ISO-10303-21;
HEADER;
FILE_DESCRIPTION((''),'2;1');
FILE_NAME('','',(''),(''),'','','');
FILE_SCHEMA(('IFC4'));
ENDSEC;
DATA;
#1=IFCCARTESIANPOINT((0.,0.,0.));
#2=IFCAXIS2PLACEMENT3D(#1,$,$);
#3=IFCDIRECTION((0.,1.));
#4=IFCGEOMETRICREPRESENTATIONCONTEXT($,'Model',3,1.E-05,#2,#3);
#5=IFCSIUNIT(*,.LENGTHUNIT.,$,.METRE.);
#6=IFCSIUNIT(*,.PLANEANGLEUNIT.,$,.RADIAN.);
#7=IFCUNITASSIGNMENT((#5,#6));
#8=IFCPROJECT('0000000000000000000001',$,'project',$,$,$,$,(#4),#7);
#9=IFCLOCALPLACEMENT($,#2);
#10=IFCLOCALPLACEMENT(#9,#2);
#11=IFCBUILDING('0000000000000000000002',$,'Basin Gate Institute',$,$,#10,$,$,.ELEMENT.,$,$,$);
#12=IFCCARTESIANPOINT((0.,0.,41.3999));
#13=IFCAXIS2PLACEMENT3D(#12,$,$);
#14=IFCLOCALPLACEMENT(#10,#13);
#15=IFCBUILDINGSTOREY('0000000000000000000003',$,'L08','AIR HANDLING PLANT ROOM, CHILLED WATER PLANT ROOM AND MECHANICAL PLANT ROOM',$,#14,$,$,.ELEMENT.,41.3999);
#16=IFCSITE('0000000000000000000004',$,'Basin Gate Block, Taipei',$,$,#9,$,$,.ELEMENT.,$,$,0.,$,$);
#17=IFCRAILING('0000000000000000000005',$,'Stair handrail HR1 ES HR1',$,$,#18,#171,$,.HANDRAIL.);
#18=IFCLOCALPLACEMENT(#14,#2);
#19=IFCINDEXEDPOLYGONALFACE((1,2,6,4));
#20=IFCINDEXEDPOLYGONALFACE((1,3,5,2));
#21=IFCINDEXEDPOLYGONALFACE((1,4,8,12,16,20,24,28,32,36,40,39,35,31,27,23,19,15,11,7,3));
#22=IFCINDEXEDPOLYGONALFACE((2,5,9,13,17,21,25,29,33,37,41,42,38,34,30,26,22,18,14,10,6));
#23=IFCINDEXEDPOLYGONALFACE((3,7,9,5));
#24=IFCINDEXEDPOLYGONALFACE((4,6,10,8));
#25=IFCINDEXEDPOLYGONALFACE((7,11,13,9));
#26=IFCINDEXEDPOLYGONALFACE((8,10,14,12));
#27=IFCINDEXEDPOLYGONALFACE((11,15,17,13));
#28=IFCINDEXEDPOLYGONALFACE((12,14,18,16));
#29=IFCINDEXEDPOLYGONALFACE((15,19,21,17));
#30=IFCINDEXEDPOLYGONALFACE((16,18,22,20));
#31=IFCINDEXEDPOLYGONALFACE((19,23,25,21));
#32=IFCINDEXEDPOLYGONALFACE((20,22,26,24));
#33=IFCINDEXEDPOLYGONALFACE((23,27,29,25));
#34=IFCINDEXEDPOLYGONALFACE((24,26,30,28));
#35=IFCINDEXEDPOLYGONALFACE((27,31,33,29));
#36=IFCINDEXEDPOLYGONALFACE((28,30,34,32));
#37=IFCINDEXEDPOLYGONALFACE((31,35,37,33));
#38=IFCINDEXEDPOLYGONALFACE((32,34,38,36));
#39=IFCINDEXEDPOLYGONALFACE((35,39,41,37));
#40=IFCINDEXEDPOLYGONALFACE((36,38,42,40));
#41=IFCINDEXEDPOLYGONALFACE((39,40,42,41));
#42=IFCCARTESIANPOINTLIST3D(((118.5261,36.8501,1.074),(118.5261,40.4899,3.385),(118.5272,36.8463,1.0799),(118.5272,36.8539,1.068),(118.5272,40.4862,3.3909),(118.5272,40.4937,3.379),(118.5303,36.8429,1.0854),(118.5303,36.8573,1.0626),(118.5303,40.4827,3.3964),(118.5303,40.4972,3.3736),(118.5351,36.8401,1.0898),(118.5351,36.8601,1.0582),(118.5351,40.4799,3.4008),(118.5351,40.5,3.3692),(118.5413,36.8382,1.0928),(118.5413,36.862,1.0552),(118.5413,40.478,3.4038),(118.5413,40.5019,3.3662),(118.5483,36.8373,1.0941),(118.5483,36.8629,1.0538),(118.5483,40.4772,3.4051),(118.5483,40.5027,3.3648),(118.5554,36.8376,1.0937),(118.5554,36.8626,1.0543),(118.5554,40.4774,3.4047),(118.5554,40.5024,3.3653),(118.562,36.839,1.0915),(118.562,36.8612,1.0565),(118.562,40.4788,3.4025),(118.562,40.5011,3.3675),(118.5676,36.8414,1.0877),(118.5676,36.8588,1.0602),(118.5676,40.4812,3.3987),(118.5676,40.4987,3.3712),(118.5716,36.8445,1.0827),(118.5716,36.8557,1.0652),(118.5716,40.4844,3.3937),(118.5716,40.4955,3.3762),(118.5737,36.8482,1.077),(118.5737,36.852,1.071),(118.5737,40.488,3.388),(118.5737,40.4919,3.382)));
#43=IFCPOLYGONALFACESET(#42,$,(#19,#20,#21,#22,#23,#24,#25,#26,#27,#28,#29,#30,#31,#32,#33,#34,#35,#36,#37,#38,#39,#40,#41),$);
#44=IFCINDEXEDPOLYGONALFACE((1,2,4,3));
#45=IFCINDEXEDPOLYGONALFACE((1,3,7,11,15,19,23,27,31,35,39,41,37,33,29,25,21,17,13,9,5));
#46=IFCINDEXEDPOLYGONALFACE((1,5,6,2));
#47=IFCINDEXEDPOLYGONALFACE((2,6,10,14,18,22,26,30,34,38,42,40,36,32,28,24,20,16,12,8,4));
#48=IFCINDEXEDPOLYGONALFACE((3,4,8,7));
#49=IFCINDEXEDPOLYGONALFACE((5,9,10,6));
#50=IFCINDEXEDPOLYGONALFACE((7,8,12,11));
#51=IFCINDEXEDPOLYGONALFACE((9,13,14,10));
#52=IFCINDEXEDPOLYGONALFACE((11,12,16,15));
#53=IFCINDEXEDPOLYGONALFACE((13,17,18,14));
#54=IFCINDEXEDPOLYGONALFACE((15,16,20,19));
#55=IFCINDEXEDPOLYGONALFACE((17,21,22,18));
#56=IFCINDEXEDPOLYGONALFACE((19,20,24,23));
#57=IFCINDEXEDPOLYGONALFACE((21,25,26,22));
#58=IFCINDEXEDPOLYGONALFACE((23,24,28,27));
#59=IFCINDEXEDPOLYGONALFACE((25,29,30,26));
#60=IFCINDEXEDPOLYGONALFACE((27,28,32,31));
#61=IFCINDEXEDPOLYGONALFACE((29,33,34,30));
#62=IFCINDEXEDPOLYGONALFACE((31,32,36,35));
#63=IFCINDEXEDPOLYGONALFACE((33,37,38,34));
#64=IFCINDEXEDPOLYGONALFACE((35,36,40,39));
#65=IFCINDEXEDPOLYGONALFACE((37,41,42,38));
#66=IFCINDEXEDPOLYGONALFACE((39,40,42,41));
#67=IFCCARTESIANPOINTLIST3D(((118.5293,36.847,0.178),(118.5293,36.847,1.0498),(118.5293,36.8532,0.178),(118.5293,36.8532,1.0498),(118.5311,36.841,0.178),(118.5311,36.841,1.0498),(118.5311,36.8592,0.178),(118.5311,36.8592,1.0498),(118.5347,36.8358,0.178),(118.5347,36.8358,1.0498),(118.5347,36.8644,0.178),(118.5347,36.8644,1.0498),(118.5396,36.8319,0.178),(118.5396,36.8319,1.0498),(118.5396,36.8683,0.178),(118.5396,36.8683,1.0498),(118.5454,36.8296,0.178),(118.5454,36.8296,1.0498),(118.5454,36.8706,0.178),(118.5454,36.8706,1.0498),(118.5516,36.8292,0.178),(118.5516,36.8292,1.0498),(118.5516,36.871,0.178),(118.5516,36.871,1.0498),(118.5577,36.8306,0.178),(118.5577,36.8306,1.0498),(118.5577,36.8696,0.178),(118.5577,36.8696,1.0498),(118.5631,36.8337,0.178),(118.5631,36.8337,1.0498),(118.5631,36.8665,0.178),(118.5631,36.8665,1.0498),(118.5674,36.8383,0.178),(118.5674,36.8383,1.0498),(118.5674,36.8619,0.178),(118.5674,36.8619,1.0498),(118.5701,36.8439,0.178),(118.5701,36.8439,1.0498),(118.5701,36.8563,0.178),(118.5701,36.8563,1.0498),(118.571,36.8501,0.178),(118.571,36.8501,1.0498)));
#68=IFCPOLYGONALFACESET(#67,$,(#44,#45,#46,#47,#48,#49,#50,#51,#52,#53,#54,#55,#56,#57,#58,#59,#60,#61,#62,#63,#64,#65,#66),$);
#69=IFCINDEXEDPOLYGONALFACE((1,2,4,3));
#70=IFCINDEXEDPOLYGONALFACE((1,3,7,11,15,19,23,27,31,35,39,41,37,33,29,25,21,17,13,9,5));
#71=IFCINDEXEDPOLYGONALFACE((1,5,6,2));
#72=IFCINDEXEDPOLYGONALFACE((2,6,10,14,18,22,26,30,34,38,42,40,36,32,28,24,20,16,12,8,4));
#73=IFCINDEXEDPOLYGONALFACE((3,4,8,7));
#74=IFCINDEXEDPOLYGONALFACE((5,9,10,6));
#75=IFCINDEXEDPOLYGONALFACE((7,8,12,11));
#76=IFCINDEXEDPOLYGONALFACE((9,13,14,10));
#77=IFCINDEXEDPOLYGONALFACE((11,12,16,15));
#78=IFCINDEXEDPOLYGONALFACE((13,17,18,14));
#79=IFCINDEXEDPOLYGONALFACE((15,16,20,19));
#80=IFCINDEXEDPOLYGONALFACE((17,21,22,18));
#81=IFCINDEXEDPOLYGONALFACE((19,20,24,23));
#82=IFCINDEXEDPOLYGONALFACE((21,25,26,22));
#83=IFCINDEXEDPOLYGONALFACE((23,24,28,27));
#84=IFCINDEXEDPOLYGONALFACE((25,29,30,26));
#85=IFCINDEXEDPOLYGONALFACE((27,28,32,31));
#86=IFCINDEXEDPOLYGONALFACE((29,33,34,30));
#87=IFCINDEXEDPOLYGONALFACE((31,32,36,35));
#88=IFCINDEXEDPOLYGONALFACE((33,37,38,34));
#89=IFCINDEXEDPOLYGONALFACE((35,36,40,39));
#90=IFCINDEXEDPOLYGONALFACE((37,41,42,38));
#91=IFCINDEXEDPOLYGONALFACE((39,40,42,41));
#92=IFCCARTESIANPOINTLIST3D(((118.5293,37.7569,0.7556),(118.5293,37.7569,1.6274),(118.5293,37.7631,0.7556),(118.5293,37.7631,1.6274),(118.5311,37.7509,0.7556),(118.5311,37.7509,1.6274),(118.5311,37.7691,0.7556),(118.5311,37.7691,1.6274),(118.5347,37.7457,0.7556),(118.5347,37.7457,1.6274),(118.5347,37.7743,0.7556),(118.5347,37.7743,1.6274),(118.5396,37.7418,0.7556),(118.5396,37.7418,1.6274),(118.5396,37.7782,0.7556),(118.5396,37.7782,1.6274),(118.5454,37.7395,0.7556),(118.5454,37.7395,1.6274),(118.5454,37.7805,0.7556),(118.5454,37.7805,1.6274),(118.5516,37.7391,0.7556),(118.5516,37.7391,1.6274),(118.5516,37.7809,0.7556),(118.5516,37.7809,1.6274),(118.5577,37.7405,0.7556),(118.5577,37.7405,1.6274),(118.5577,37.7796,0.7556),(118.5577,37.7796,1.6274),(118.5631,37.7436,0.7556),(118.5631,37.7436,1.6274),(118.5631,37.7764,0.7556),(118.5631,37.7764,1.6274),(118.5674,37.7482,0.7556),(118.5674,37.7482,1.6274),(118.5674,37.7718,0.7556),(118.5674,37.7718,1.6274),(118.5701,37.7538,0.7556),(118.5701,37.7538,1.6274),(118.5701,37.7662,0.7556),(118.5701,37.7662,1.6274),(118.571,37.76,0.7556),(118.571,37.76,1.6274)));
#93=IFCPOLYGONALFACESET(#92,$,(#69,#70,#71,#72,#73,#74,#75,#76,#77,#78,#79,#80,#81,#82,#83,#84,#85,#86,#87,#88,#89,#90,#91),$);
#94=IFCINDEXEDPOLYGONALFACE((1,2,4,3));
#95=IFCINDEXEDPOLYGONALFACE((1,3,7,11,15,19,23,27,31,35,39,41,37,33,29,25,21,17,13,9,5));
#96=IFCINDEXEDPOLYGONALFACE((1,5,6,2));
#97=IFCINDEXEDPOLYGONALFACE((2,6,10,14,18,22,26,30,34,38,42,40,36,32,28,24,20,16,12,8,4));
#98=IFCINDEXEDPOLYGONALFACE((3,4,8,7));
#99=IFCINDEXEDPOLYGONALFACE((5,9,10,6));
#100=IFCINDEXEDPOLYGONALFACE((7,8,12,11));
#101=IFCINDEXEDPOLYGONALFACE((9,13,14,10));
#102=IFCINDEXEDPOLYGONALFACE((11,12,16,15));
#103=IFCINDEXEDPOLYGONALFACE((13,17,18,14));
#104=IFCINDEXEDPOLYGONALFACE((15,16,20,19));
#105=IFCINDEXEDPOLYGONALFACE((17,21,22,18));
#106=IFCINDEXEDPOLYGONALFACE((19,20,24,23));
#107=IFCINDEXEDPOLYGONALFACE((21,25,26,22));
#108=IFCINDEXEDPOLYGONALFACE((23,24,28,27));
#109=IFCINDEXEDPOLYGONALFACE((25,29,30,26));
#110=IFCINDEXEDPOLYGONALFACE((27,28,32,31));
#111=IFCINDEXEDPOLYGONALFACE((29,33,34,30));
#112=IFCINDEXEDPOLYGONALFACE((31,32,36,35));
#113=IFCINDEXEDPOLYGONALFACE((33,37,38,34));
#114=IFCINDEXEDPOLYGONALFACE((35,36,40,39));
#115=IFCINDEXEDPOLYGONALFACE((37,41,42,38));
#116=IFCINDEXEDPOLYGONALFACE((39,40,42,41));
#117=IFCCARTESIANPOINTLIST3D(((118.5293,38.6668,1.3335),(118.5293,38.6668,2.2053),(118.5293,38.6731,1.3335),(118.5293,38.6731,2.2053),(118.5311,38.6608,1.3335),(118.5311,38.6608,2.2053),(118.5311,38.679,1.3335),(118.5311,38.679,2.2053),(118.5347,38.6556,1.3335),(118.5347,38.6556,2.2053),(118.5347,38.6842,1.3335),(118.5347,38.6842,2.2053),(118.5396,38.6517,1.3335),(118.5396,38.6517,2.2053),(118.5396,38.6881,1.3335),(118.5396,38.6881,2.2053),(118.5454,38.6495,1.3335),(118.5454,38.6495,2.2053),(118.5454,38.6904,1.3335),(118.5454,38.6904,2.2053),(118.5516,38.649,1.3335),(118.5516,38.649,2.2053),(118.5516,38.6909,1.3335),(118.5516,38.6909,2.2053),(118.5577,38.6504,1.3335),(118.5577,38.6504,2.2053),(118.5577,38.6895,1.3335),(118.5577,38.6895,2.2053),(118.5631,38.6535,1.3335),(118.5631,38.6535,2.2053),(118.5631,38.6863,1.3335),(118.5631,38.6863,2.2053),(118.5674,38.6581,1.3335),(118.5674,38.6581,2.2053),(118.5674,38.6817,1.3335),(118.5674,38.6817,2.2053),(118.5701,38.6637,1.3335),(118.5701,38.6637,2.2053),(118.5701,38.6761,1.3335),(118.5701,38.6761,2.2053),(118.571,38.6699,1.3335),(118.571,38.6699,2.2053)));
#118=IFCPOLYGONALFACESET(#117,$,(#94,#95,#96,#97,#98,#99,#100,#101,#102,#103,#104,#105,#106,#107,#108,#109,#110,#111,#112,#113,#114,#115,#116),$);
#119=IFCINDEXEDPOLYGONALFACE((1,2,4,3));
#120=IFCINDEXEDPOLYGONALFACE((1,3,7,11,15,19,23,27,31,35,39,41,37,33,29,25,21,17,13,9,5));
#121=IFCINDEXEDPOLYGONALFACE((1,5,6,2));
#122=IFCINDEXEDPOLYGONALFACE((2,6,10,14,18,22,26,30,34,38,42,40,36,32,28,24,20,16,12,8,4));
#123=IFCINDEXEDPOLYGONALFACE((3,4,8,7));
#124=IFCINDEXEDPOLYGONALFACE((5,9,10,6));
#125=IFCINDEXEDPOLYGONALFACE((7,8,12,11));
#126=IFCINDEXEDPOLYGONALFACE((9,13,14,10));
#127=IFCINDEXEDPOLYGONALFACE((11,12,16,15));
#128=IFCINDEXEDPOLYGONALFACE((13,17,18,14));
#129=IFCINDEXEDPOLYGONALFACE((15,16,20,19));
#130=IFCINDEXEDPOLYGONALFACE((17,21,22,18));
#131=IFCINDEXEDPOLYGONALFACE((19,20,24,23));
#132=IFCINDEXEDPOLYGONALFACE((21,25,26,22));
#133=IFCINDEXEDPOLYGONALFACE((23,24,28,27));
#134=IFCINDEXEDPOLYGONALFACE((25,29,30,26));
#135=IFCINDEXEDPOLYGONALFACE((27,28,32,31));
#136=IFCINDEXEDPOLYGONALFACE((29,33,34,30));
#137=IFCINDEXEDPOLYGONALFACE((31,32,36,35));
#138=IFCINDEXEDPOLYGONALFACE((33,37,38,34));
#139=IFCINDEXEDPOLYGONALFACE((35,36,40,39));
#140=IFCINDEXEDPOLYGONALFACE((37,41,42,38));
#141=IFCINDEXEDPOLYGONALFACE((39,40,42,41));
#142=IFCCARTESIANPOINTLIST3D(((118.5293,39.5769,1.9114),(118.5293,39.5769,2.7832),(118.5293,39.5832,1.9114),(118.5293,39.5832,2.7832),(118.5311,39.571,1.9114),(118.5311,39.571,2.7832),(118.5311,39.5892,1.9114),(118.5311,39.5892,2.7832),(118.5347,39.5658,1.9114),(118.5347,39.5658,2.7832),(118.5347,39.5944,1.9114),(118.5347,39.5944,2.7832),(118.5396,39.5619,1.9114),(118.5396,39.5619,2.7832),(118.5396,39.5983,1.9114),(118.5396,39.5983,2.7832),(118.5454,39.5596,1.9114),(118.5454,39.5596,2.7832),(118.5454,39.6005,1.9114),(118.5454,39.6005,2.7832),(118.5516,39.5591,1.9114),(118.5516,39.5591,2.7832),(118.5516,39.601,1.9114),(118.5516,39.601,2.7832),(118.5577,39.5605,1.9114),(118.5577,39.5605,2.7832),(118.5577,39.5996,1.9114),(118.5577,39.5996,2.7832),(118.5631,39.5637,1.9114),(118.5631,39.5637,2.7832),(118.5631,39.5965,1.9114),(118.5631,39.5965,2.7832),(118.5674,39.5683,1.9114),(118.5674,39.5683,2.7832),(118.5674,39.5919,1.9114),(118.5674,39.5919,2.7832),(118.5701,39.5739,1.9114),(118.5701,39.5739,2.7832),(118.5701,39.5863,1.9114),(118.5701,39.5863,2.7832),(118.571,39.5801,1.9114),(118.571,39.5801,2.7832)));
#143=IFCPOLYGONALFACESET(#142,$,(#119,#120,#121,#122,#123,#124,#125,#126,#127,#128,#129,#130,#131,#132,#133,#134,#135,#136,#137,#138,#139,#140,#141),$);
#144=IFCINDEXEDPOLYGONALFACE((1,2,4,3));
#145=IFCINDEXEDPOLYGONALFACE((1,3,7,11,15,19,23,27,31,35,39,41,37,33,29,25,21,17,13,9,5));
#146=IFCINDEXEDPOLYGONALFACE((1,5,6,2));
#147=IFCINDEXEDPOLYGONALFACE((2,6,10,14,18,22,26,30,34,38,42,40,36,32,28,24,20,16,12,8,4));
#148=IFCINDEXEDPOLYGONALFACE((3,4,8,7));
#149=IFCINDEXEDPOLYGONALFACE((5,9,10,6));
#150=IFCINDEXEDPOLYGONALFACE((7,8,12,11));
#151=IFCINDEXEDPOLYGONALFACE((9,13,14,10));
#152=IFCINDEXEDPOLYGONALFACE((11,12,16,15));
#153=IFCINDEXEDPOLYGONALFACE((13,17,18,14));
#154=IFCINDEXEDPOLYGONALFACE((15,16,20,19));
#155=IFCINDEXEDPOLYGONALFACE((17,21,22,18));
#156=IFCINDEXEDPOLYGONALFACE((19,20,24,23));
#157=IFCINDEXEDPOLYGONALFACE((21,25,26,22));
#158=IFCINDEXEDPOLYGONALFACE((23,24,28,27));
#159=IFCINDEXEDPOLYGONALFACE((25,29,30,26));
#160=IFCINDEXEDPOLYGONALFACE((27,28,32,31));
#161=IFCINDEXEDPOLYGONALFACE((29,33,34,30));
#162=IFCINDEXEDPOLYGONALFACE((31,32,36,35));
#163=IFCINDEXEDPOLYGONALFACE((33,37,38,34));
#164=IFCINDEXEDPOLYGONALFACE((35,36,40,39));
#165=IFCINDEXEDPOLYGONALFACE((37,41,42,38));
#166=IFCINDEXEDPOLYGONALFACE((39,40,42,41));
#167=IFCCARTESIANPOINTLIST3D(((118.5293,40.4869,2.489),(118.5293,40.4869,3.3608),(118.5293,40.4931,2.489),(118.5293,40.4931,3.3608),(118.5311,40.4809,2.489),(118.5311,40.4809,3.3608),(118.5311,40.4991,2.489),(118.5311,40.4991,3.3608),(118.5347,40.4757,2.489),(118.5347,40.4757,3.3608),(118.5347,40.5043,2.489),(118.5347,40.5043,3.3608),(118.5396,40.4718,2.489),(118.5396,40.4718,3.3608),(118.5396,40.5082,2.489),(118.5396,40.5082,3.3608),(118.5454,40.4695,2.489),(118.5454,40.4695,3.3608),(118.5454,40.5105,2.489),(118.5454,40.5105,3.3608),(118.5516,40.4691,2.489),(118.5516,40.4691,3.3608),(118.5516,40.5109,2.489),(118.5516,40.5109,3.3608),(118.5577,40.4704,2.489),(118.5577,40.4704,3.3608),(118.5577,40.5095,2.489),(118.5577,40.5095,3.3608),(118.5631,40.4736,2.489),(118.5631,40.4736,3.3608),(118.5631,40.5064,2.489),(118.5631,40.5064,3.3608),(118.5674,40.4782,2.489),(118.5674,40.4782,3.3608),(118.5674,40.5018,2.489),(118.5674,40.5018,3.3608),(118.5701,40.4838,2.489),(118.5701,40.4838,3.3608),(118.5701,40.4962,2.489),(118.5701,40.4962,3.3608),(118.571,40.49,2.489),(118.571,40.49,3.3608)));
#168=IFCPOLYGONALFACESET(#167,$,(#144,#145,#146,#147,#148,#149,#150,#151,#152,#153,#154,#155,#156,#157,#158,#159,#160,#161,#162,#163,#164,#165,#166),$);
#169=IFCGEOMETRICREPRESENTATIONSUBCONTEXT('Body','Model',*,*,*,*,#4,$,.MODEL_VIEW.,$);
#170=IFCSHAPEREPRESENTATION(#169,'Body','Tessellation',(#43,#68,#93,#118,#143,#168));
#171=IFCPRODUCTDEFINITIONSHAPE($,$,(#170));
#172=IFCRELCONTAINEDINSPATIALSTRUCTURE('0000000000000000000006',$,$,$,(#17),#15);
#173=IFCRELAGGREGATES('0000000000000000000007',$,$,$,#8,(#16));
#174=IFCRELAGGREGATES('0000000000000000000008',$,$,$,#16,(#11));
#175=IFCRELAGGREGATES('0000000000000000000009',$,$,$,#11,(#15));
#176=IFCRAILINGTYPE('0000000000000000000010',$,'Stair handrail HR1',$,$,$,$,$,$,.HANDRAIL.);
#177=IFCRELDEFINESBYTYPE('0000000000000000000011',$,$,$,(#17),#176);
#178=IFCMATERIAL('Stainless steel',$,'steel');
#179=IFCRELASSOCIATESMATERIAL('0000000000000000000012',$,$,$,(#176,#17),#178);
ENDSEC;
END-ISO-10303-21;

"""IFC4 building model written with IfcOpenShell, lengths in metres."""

from ifc_helpers import new_model, si_unit, direction, frame, origin, origin_2d, place, context, subcontext, project, spatial, circle, extrude, material, type_object, element, save


model = new_model("IFC4")

# Units and contexts
model_context = context("Model", 3, precision=1e-05, world=origin(), true_north=direction((0.0, 1.0)))
body_context = subcontext(model_context, "Body", "Model", "MODEL_VIEW")
ifc_project = project(units=[si_unit("LENGTHUNIT", "METRE"), si_unit("PLANEANGLEUNIT", "RADIAN")], contexts=[model_context])

# Site, building, storey
site_placement = place(None, origin())
site = spatial("IfcSite", under=ifc_project, at=site_placement, Name="Basin Gate Block, Taipei", CompositionType="ELEMENT", RefElevation=0.0)
building_placement = place(site_placement, origin())
building = spatial("IfcBuilding", under=site, at=building_placement, Name="Basin Gate Institute", CompositionType="ELEMENT")
storey_placement = place(building_placement, frame((0.0, 0.0, 41.3999)))
storey = spatial("IfcBuildingStorey", under=building, at=storey_placement, Name="L08", Description="AIR HANDLING PLANT ROOM, CHILLED WATER PLANT ROOM AND MECHANICAL PLANT ROOM", CompositionType="ELEMENT", Elevation=41.3999)

# Railing
ifc_material_1 = material(Name="Stainless steel", Category="steel")
railing_type_1 = type_object("IfcRailingType", Name="Stair handrail HR1", PredefinedType="HANDRAIL", material=ifc_material_1)
for number, where, name in (
    (1, (118.55, 36.8501, 0.178), "Stair handrail HR1 ES HR1"),
):
    element("IfcRailing", number, at=place(storey_placement, frame(where)), inside=storey, type_object=railing_type_1, material=ifc_material_1, Name=name, PredefinedType="HANDRAIL", context=body_context, shape_type="SweptSolid", body=[
        extrude(circle(Radius=0.0239, at=origin_2d()), frame((0.0, 0.0, 0.896), z_axis=(0.0, 0.844214, 0.536007), x_axis=(-1.0, 0.0, 0.0)), (0.0, 0.0, 1.0), 4.3115),
        extrude(circle(Radius=0.021, at=origin_2d()), origin(), (0.0, 0.0, 1.0), 0.8718),
        extrude(circle(Radius=0.021, at=origin_2d()), frame((0.0, 0.9099, 0.5776)), (0.0, 0.0, 1.0), 0.8718),
        extrude(circle(Radius=0.021, at=origin_2d()), frame((0.0, 1.8198, 1.1555)), (0.0, 0.0, 1.0), 0.8718),
        extrude(circle(Radius=0.021, at=origin_2d()), frame((0.0, 2.73, 1.7334)), (0.0, 0.0, 1.0), 0.8718),
        extrude(circle(Radius=0.021, at=origin_2d()), frame((0.0, 3.6399, 2.311)), (0.0, 0.0, 1.0), 0.8718),
    ])

save(model, "model.ifc")
